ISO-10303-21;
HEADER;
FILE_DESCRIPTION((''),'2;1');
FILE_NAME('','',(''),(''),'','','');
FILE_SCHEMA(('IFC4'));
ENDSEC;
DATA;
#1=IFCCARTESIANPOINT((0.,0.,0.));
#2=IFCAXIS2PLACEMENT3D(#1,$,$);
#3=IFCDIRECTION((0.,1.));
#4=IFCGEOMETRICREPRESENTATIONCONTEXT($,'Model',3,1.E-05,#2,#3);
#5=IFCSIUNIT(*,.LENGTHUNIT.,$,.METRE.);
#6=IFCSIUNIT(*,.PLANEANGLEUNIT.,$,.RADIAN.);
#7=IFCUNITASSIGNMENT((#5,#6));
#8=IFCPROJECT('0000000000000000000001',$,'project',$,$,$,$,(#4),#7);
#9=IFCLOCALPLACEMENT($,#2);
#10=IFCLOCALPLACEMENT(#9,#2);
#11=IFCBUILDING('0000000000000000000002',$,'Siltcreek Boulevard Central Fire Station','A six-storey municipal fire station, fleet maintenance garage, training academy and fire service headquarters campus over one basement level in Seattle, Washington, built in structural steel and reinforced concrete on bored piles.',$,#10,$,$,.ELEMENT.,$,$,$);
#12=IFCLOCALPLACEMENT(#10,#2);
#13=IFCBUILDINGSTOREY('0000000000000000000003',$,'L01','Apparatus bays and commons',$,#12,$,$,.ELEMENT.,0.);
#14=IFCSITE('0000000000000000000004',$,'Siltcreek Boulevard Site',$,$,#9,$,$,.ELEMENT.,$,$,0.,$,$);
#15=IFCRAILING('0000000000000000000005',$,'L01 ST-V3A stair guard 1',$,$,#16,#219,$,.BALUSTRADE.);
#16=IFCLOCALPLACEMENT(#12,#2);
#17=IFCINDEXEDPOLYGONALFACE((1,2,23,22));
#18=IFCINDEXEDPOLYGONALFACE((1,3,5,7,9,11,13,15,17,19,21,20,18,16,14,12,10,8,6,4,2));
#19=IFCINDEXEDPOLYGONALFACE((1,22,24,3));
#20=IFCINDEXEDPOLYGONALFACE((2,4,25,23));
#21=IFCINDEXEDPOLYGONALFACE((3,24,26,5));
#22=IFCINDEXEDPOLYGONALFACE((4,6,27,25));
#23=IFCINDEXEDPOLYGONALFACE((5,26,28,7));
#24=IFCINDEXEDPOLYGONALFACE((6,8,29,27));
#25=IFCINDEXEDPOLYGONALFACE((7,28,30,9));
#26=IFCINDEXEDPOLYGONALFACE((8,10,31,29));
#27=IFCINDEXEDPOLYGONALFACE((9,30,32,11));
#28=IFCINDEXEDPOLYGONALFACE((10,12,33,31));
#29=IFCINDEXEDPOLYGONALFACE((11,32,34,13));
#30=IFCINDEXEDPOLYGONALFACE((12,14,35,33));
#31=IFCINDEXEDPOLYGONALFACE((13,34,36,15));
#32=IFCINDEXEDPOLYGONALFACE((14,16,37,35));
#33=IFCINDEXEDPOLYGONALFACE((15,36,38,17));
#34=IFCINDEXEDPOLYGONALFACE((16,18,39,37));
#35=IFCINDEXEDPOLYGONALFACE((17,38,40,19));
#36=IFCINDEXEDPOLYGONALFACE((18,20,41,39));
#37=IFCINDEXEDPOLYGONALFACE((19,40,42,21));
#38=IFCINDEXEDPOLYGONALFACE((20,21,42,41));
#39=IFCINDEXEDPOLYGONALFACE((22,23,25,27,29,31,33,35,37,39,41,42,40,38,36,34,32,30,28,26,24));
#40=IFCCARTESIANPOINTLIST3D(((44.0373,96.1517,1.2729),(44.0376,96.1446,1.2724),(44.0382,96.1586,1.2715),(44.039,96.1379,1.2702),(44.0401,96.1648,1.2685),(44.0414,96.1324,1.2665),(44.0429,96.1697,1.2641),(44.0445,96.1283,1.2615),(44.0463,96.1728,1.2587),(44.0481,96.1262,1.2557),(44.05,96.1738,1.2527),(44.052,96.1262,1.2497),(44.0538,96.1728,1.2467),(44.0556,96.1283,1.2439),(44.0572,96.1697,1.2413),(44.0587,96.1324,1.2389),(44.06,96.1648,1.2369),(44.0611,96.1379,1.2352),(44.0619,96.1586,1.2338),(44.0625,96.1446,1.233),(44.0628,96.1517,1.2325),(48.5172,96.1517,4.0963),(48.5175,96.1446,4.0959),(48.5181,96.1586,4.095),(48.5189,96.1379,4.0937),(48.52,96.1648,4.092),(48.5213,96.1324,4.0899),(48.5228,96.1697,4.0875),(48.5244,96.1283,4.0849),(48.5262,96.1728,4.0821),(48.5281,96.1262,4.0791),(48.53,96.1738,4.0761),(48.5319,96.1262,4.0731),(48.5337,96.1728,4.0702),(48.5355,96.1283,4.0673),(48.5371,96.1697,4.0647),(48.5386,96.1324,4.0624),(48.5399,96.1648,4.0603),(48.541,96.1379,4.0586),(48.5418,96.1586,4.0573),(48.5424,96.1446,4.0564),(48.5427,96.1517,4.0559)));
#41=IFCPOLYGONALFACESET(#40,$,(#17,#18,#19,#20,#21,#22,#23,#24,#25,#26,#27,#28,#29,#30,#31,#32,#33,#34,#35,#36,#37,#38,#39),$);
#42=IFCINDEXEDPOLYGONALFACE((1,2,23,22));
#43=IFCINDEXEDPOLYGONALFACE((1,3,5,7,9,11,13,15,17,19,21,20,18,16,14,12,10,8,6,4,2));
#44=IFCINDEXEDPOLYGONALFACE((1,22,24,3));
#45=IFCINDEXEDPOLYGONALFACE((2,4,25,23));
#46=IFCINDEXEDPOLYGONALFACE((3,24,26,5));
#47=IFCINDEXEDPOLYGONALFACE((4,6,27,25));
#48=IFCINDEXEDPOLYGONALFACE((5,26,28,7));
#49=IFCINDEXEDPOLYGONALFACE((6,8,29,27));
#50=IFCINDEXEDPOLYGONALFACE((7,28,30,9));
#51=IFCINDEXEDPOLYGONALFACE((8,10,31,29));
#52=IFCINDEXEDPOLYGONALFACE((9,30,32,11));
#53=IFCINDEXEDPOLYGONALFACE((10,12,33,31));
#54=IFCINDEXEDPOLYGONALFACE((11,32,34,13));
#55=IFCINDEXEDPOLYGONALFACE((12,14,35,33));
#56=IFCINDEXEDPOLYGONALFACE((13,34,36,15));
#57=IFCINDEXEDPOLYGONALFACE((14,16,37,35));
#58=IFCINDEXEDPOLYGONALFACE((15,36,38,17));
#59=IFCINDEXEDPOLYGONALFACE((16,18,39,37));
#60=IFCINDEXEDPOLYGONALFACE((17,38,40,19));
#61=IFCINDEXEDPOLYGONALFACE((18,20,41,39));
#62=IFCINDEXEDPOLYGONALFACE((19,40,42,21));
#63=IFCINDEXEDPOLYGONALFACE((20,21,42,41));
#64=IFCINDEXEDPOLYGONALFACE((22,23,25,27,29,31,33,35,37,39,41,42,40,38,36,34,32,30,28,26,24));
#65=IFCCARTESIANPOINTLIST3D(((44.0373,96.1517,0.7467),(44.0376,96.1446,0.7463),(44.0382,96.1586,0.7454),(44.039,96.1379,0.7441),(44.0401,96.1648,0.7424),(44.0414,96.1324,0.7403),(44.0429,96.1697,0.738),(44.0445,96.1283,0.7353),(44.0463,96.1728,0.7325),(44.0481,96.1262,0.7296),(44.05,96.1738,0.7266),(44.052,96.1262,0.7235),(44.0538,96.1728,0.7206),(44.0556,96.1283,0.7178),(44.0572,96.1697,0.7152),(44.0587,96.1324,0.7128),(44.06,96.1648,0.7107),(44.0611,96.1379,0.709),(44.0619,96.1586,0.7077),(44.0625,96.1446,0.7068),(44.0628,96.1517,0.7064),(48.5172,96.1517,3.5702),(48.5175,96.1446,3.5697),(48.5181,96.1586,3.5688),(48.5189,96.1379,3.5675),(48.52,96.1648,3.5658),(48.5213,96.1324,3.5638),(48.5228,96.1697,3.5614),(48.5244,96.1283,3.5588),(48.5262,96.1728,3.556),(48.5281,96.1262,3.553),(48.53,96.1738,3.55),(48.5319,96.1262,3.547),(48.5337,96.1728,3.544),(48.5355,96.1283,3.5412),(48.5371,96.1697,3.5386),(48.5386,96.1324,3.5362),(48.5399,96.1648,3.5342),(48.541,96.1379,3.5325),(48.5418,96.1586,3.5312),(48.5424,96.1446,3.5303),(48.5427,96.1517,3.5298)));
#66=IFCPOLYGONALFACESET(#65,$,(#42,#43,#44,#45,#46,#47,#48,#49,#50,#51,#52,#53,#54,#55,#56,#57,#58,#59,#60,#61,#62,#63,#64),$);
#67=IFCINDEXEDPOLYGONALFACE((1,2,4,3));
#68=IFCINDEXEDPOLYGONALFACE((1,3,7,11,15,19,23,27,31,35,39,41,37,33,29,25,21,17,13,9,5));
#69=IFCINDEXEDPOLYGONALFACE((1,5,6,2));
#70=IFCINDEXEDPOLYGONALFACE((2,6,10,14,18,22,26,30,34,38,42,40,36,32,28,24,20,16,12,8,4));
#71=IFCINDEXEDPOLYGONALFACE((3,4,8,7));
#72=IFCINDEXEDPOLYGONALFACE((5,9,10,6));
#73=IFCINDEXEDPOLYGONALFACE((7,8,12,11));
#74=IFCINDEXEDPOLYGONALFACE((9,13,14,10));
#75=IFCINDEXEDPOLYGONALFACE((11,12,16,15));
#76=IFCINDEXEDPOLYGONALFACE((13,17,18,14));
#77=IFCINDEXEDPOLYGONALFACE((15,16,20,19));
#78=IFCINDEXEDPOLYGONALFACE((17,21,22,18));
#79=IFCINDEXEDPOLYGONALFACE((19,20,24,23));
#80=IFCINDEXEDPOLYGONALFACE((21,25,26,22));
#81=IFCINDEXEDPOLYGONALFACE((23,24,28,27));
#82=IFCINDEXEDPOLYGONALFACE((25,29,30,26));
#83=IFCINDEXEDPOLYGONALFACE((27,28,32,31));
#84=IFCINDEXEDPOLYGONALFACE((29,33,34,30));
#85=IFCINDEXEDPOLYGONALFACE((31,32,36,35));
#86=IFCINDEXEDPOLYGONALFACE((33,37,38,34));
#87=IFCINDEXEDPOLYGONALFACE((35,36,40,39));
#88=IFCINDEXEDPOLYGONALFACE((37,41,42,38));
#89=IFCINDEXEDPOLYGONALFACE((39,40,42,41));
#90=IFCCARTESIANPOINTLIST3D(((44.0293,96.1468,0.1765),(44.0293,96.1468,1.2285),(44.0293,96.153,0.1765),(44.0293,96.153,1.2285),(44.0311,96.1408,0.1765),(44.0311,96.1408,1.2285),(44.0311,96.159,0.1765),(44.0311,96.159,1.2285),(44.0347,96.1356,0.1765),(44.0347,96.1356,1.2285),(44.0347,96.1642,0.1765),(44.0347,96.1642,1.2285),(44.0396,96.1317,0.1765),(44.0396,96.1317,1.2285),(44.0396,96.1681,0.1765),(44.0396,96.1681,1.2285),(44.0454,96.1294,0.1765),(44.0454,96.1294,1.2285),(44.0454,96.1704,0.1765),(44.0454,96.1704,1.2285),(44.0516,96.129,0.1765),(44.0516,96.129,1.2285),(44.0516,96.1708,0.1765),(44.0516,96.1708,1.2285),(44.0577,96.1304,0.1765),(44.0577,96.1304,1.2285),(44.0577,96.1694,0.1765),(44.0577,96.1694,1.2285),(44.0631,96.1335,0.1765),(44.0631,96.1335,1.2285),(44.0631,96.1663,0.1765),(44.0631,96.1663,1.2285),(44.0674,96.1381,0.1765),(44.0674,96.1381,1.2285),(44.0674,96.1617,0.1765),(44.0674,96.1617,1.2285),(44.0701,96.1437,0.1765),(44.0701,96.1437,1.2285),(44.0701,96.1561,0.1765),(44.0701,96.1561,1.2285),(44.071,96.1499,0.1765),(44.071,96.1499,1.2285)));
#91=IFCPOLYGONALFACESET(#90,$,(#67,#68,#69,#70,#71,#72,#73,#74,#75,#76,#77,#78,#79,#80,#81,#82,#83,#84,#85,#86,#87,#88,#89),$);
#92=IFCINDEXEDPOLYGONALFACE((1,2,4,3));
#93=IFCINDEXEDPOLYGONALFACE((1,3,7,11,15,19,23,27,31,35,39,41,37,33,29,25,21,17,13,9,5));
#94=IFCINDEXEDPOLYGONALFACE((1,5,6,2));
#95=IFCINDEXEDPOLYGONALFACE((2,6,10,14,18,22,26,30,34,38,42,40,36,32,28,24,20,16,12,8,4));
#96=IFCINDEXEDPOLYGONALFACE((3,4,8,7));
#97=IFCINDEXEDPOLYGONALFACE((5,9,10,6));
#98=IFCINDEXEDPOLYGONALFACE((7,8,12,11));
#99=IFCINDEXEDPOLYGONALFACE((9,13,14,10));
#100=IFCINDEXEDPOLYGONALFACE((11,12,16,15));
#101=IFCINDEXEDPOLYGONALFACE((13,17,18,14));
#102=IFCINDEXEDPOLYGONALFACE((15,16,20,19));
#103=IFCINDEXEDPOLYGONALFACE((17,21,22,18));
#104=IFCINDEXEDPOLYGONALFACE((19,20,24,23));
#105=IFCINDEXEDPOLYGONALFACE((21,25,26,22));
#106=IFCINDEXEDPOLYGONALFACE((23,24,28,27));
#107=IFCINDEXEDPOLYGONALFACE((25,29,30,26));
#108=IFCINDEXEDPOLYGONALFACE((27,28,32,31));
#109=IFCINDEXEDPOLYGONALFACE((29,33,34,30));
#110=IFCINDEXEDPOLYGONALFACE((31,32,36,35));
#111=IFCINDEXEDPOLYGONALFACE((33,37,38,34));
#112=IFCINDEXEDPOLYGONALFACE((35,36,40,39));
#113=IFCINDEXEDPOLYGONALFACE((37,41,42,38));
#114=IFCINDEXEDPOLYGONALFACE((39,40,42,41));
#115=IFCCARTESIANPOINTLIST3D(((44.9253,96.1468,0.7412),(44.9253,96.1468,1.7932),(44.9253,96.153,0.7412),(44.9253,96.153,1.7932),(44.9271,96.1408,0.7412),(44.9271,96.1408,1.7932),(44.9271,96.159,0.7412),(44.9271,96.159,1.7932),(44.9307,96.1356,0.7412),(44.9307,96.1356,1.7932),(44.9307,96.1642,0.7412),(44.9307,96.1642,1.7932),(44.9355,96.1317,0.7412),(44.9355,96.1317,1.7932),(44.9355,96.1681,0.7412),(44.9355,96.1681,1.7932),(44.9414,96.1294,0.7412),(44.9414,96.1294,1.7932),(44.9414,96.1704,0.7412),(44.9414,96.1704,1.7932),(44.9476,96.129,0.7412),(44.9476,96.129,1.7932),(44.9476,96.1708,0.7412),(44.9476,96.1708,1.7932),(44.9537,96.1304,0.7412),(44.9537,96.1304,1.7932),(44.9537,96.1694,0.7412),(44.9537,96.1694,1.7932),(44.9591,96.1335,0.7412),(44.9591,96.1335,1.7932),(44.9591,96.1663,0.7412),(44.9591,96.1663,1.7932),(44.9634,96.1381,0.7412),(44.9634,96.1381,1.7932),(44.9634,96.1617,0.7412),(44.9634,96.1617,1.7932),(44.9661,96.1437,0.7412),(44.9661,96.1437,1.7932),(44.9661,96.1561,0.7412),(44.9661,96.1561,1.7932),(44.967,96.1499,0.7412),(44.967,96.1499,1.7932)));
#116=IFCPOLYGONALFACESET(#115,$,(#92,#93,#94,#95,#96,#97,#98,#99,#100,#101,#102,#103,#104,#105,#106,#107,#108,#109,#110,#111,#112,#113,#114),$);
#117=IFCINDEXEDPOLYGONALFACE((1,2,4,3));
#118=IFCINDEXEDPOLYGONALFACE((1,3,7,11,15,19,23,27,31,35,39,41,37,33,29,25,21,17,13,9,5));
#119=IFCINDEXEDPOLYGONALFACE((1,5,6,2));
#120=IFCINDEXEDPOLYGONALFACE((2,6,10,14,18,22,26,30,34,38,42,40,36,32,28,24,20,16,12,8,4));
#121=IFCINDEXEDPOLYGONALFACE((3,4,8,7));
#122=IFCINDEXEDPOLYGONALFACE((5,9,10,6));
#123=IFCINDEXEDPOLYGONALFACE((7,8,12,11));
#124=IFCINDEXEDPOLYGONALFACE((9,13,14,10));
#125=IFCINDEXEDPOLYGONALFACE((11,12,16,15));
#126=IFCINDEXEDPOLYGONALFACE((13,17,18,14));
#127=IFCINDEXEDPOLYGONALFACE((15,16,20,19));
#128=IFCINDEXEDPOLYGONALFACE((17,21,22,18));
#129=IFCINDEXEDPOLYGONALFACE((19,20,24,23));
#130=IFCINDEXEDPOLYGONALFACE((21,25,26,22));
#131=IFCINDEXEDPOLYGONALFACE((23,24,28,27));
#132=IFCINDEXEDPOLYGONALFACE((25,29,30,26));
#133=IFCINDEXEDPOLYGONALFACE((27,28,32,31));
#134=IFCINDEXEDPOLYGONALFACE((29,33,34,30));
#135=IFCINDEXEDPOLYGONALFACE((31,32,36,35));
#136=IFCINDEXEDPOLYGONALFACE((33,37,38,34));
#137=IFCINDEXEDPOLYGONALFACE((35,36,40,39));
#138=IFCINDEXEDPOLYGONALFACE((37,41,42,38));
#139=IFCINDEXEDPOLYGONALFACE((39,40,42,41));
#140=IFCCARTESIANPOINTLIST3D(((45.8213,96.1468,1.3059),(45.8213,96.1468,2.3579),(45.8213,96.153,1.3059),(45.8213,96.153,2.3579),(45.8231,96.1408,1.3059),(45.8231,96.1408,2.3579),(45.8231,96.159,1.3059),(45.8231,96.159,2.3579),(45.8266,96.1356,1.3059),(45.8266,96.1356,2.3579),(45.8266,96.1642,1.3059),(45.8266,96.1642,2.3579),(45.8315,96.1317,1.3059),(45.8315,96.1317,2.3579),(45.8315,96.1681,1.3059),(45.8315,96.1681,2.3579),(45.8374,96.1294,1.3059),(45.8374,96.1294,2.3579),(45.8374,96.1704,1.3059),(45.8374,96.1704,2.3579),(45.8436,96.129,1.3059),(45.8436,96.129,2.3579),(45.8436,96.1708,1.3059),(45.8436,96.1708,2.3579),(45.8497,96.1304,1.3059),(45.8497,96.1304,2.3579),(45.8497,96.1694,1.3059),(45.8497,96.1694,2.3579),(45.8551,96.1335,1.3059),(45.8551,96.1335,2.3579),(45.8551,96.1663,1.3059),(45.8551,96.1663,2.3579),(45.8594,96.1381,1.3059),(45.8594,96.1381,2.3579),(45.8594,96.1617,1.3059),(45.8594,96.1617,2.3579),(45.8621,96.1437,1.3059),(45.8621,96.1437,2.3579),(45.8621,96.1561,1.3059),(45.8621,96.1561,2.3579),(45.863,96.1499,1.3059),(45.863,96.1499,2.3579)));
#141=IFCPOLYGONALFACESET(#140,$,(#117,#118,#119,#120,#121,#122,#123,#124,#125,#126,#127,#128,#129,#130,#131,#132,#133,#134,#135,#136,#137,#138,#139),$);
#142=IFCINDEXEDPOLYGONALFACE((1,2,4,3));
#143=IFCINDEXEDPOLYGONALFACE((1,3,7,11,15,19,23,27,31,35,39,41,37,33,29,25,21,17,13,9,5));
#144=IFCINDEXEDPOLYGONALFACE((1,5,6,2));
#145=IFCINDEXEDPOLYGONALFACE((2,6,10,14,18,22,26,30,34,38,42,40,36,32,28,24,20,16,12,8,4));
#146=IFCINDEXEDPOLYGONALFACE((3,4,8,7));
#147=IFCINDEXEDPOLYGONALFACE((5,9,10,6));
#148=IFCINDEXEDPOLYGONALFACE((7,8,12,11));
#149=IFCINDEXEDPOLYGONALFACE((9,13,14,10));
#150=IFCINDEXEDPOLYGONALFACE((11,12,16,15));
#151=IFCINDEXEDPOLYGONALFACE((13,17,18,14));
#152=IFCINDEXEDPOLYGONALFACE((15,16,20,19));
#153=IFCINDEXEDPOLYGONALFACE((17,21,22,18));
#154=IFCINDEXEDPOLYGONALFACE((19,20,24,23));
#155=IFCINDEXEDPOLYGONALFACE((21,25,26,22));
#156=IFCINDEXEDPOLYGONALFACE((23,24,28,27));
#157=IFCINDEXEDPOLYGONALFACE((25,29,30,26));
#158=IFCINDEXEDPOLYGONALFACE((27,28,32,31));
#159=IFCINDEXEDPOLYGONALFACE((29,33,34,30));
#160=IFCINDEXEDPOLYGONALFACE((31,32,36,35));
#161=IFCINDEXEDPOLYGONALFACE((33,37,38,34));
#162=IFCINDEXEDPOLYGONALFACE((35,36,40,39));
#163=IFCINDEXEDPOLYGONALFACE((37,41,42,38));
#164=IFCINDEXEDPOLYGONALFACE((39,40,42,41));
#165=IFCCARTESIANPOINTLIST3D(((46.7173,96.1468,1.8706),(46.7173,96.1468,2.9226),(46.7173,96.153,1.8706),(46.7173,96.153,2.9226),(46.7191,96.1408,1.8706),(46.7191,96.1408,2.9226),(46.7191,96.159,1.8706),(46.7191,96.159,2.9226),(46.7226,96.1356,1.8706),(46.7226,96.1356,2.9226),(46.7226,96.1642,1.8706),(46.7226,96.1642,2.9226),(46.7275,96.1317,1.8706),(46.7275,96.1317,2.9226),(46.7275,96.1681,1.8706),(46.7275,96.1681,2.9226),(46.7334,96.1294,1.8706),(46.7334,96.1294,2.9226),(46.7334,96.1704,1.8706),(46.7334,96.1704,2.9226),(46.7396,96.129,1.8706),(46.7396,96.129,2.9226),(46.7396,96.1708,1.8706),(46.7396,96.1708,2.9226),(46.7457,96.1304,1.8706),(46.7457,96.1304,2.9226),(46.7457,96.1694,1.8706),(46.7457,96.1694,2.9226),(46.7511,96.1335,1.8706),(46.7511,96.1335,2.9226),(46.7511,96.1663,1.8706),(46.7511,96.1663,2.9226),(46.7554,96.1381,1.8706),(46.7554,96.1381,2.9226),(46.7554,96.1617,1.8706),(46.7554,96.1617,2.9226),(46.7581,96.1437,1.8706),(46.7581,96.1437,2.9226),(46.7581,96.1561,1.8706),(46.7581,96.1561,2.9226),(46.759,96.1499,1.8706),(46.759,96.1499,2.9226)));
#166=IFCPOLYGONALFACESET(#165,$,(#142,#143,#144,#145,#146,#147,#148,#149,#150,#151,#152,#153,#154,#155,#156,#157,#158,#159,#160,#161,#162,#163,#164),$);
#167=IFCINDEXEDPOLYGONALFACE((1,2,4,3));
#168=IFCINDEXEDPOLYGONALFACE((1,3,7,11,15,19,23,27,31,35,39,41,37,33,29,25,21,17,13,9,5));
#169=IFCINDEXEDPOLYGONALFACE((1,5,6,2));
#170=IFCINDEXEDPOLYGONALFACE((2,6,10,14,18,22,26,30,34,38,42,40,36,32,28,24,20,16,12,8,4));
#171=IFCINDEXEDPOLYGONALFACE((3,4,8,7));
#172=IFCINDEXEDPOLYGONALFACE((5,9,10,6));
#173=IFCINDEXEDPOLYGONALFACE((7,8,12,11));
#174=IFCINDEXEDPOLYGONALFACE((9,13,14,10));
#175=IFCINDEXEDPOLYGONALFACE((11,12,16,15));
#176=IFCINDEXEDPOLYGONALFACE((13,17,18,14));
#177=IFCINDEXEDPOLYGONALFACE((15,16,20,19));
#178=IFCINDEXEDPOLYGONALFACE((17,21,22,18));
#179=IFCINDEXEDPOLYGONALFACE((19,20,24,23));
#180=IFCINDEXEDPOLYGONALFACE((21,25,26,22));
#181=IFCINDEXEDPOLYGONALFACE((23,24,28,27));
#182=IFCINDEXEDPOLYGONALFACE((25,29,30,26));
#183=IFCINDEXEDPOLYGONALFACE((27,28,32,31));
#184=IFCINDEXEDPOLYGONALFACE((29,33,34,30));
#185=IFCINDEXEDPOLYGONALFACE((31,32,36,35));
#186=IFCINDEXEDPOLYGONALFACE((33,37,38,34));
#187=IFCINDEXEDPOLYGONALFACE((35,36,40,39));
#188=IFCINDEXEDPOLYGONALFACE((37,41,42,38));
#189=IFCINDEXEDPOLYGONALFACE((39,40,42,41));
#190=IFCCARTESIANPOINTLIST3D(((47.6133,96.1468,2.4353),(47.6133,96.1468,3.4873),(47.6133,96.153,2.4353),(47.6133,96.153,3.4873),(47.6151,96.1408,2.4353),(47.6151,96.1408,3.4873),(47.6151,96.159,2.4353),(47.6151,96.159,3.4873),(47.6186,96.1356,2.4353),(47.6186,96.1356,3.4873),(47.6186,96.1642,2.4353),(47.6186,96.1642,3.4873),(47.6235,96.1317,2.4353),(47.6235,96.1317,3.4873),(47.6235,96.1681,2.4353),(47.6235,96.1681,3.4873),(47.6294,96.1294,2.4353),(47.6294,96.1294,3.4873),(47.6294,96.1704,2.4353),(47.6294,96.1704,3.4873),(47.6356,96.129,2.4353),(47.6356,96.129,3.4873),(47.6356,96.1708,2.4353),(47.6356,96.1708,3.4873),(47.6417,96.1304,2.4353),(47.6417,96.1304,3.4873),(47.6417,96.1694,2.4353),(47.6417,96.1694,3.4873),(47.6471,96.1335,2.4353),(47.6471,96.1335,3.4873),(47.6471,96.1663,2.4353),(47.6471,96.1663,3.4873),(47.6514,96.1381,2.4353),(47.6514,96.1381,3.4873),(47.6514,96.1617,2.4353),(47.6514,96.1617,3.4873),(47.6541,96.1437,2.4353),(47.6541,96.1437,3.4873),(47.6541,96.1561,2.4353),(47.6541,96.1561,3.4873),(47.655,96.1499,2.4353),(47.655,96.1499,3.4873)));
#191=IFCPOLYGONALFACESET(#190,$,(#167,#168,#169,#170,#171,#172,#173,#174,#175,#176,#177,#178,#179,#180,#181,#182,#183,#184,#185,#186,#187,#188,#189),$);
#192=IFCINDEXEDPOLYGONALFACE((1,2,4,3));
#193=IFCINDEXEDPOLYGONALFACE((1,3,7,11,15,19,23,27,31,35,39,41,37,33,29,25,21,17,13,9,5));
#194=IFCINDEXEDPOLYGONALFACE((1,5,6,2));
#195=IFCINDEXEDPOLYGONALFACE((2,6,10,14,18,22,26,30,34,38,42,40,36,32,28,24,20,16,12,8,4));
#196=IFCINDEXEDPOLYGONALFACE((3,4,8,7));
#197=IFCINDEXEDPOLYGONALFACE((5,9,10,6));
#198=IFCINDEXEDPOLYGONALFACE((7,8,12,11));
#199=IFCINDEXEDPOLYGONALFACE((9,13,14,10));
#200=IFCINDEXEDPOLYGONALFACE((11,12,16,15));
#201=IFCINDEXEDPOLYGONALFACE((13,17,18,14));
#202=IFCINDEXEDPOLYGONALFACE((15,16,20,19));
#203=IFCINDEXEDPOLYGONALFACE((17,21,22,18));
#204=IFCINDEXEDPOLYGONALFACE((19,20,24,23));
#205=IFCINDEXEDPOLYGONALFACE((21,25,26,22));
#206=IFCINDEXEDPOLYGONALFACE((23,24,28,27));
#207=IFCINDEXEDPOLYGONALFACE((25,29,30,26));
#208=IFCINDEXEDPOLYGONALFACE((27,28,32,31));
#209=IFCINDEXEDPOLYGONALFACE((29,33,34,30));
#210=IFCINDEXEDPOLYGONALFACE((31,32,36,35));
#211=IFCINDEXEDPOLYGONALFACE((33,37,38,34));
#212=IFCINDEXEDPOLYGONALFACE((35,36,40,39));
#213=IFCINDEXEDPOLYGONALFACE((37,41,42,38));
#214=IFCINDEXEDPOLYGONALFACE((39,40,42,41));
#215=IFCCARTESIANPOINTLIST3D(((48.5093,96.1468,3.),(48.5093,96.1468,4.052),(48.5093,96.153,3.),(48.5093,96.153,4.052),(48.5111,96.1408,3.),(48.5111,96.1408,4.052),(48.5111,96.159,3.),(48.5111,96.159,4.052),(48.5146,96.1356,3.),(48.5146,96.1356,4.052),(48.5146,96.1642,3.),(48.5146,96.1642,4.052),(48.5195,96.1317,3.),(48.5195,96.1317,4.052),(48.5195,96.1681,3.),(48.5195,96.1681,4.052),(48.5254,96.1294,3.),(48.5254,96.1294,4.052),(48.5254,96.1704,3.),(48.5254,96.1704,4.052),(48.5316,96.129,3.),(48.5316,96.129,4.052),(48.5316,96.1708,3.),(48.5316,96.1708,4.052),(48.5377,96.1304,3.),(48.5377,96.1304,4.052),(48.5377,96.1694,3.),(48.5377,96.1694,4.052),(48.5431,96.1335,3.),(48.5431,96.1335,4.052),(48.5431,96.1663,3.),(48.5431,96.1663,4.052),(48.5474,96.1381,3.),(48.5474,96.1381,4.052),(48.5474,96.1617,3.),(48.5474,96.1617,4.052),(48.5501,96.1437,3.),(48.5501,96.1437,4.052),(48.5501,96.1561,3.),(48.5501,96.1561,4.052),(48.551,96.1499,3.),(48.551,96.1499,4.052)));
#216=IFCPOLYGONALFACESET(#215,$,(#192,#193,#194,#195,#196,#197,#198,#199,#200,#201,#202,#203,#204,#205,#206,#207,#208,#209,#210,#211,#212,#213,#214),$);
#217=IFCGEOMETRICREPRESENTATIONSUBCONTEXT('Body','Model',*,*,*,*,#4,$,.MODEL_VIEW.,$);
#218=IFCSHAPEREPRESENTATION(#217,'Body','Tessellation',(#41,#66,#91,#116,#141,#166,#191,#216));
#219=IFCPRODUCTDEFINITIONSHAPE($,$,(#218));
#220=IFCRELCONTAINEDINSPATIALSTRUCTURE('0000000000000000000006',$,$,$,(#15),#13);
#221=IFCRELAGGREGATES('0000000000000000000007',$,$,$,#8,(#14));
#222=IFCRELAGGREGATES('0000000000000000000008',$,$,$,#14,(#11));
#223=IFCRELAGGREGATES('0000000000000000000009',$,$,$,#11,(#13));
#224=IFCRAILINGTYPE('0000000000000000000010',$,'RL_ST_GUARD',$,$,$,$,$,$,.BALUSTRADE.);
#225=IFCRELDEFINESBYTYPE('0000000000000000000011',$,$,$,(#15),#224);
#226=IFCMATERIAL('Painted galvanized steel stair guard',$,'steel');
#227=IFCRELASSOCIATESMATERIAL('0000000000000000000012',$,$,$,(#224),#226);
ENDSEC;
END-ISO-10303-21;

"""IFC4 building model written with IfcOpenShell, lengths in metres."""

from ifc_helpers import new_model, si_unit, direction, frame, origin, origin_2d, place, context, subcontext, project, spatial, circle, extrude, material, type_object, element, save


model = new_model("IFC4")

# Units and contexts
model_context = context("Model", 3, precision=1e-05, world=origin(), true_north=direction((0.0, 1.0)))
body_context = subcontext(model_context, "Body", "Model", "MODEL_VIEW")
ifc_project = project(units=[si_unit("LENGTHUNIT", "METRE"), si_unit("PLANEANGLEUNIT", "RADIAN")], contexts=[model_context])

# Site, building, storey
site_placement = place(None, origin())
site = spatial("IfcSite", under=ifc_project, at=site_placement, Name="Siltcreek Boulevard Site", CompositionType="ELEMENT", RefElevation=0.0)
building_placement = place(site_placement, origin())
building = spatial("IfcBuilding", under=site, at=building_placement, Name="Siltcreek Boulevard Central Fire Station", Description="A six-storey municipal fire station, fleet maintenance garage, training academy and fire service headquarters campus over one basement level in Seattle, Washington, built in structural steel and reinforced concrete on bored piles.", CompositionType="ELEMENT")
storey_placement = place(building_placement, origin())
storey = spatial("IfcBuildingStorey", under=building, at=storey_placement, Name="L01", Description="Apparatus bays and commons", CompositionType="ELEMENT", Elevation=0.0)

# Railing
ifc_material_1 = material(Name="Painted galvanized steel stair guard", Category="steel")
railing_type_1 = type_object("IfcRailingType", Name="RL_ST_GUARD", PredefinedType="BALUSTRADE", material=ifc_material_1)
railing_1_placement = place(storey_placement, frame((44.05, 96.1499, 0.1765)))
element("IfcRailing", 1, at=railing_1_placement, inside=storey, type_object=railing_type_1, Name="L01 ST-V3A stair guard 1", PredefinedType="BALUSTRADE", context=body_context, shape_type="SweptSolid", body=[
    extrude(circle(Radius=0.0239, at=origin_2d()), frame((0.0, 0.0, 1.0762), z_axis=(0.845998, 0.0, 0.533186), x_axis=(0.0, 1.0, 0.0)), (0.0, 0.0, 1.0), 5.2954),
    extrude(circle(Radius=0.0239, at=origin_2d()), frame((0.0, 0.0, 0.55), z_axis=(0.845998, 0.0, 0.533186), x_axis=(0.0, 1.0, 0.0)), (0.0, 0.0, 1.0), 5.2954),
    extrude(circle(Radius=0.021, at=origin_2d()), origin(), (0.0, 0.0, 1.0), 1.052),
    extrude(circle(Radius=0.021, at=origin_2d()), frame((0.896, 0.0, 0.5647)), (0.0, 0.0, 1.0), 1.052),
    extrude(circle(Radius=0.021, at=origin_2d()), frame((1.792, 0.0, 1.1294)), (0.0, 0.0, 1.0), 1.052),
    extrude(circle(Radius=0.021, at=origin_2d()), frame((2.688, 0.0, 1.6941)), (0.0, 0.0, 1.0), 1.052),
    extrude(circle(Radius=0.021, at=origin_2d()), frame((3.584, 0.0, 2.2588)), (0.0, 0.0, 1.0), 1.052),
    extrude(circle(Radius=0.021, at=origin_2d()), frame((4.48, 0.0, 2.8235)), (0.0, 0.0, 1.0), 1.052),
])

save(model, "model.ifc")
